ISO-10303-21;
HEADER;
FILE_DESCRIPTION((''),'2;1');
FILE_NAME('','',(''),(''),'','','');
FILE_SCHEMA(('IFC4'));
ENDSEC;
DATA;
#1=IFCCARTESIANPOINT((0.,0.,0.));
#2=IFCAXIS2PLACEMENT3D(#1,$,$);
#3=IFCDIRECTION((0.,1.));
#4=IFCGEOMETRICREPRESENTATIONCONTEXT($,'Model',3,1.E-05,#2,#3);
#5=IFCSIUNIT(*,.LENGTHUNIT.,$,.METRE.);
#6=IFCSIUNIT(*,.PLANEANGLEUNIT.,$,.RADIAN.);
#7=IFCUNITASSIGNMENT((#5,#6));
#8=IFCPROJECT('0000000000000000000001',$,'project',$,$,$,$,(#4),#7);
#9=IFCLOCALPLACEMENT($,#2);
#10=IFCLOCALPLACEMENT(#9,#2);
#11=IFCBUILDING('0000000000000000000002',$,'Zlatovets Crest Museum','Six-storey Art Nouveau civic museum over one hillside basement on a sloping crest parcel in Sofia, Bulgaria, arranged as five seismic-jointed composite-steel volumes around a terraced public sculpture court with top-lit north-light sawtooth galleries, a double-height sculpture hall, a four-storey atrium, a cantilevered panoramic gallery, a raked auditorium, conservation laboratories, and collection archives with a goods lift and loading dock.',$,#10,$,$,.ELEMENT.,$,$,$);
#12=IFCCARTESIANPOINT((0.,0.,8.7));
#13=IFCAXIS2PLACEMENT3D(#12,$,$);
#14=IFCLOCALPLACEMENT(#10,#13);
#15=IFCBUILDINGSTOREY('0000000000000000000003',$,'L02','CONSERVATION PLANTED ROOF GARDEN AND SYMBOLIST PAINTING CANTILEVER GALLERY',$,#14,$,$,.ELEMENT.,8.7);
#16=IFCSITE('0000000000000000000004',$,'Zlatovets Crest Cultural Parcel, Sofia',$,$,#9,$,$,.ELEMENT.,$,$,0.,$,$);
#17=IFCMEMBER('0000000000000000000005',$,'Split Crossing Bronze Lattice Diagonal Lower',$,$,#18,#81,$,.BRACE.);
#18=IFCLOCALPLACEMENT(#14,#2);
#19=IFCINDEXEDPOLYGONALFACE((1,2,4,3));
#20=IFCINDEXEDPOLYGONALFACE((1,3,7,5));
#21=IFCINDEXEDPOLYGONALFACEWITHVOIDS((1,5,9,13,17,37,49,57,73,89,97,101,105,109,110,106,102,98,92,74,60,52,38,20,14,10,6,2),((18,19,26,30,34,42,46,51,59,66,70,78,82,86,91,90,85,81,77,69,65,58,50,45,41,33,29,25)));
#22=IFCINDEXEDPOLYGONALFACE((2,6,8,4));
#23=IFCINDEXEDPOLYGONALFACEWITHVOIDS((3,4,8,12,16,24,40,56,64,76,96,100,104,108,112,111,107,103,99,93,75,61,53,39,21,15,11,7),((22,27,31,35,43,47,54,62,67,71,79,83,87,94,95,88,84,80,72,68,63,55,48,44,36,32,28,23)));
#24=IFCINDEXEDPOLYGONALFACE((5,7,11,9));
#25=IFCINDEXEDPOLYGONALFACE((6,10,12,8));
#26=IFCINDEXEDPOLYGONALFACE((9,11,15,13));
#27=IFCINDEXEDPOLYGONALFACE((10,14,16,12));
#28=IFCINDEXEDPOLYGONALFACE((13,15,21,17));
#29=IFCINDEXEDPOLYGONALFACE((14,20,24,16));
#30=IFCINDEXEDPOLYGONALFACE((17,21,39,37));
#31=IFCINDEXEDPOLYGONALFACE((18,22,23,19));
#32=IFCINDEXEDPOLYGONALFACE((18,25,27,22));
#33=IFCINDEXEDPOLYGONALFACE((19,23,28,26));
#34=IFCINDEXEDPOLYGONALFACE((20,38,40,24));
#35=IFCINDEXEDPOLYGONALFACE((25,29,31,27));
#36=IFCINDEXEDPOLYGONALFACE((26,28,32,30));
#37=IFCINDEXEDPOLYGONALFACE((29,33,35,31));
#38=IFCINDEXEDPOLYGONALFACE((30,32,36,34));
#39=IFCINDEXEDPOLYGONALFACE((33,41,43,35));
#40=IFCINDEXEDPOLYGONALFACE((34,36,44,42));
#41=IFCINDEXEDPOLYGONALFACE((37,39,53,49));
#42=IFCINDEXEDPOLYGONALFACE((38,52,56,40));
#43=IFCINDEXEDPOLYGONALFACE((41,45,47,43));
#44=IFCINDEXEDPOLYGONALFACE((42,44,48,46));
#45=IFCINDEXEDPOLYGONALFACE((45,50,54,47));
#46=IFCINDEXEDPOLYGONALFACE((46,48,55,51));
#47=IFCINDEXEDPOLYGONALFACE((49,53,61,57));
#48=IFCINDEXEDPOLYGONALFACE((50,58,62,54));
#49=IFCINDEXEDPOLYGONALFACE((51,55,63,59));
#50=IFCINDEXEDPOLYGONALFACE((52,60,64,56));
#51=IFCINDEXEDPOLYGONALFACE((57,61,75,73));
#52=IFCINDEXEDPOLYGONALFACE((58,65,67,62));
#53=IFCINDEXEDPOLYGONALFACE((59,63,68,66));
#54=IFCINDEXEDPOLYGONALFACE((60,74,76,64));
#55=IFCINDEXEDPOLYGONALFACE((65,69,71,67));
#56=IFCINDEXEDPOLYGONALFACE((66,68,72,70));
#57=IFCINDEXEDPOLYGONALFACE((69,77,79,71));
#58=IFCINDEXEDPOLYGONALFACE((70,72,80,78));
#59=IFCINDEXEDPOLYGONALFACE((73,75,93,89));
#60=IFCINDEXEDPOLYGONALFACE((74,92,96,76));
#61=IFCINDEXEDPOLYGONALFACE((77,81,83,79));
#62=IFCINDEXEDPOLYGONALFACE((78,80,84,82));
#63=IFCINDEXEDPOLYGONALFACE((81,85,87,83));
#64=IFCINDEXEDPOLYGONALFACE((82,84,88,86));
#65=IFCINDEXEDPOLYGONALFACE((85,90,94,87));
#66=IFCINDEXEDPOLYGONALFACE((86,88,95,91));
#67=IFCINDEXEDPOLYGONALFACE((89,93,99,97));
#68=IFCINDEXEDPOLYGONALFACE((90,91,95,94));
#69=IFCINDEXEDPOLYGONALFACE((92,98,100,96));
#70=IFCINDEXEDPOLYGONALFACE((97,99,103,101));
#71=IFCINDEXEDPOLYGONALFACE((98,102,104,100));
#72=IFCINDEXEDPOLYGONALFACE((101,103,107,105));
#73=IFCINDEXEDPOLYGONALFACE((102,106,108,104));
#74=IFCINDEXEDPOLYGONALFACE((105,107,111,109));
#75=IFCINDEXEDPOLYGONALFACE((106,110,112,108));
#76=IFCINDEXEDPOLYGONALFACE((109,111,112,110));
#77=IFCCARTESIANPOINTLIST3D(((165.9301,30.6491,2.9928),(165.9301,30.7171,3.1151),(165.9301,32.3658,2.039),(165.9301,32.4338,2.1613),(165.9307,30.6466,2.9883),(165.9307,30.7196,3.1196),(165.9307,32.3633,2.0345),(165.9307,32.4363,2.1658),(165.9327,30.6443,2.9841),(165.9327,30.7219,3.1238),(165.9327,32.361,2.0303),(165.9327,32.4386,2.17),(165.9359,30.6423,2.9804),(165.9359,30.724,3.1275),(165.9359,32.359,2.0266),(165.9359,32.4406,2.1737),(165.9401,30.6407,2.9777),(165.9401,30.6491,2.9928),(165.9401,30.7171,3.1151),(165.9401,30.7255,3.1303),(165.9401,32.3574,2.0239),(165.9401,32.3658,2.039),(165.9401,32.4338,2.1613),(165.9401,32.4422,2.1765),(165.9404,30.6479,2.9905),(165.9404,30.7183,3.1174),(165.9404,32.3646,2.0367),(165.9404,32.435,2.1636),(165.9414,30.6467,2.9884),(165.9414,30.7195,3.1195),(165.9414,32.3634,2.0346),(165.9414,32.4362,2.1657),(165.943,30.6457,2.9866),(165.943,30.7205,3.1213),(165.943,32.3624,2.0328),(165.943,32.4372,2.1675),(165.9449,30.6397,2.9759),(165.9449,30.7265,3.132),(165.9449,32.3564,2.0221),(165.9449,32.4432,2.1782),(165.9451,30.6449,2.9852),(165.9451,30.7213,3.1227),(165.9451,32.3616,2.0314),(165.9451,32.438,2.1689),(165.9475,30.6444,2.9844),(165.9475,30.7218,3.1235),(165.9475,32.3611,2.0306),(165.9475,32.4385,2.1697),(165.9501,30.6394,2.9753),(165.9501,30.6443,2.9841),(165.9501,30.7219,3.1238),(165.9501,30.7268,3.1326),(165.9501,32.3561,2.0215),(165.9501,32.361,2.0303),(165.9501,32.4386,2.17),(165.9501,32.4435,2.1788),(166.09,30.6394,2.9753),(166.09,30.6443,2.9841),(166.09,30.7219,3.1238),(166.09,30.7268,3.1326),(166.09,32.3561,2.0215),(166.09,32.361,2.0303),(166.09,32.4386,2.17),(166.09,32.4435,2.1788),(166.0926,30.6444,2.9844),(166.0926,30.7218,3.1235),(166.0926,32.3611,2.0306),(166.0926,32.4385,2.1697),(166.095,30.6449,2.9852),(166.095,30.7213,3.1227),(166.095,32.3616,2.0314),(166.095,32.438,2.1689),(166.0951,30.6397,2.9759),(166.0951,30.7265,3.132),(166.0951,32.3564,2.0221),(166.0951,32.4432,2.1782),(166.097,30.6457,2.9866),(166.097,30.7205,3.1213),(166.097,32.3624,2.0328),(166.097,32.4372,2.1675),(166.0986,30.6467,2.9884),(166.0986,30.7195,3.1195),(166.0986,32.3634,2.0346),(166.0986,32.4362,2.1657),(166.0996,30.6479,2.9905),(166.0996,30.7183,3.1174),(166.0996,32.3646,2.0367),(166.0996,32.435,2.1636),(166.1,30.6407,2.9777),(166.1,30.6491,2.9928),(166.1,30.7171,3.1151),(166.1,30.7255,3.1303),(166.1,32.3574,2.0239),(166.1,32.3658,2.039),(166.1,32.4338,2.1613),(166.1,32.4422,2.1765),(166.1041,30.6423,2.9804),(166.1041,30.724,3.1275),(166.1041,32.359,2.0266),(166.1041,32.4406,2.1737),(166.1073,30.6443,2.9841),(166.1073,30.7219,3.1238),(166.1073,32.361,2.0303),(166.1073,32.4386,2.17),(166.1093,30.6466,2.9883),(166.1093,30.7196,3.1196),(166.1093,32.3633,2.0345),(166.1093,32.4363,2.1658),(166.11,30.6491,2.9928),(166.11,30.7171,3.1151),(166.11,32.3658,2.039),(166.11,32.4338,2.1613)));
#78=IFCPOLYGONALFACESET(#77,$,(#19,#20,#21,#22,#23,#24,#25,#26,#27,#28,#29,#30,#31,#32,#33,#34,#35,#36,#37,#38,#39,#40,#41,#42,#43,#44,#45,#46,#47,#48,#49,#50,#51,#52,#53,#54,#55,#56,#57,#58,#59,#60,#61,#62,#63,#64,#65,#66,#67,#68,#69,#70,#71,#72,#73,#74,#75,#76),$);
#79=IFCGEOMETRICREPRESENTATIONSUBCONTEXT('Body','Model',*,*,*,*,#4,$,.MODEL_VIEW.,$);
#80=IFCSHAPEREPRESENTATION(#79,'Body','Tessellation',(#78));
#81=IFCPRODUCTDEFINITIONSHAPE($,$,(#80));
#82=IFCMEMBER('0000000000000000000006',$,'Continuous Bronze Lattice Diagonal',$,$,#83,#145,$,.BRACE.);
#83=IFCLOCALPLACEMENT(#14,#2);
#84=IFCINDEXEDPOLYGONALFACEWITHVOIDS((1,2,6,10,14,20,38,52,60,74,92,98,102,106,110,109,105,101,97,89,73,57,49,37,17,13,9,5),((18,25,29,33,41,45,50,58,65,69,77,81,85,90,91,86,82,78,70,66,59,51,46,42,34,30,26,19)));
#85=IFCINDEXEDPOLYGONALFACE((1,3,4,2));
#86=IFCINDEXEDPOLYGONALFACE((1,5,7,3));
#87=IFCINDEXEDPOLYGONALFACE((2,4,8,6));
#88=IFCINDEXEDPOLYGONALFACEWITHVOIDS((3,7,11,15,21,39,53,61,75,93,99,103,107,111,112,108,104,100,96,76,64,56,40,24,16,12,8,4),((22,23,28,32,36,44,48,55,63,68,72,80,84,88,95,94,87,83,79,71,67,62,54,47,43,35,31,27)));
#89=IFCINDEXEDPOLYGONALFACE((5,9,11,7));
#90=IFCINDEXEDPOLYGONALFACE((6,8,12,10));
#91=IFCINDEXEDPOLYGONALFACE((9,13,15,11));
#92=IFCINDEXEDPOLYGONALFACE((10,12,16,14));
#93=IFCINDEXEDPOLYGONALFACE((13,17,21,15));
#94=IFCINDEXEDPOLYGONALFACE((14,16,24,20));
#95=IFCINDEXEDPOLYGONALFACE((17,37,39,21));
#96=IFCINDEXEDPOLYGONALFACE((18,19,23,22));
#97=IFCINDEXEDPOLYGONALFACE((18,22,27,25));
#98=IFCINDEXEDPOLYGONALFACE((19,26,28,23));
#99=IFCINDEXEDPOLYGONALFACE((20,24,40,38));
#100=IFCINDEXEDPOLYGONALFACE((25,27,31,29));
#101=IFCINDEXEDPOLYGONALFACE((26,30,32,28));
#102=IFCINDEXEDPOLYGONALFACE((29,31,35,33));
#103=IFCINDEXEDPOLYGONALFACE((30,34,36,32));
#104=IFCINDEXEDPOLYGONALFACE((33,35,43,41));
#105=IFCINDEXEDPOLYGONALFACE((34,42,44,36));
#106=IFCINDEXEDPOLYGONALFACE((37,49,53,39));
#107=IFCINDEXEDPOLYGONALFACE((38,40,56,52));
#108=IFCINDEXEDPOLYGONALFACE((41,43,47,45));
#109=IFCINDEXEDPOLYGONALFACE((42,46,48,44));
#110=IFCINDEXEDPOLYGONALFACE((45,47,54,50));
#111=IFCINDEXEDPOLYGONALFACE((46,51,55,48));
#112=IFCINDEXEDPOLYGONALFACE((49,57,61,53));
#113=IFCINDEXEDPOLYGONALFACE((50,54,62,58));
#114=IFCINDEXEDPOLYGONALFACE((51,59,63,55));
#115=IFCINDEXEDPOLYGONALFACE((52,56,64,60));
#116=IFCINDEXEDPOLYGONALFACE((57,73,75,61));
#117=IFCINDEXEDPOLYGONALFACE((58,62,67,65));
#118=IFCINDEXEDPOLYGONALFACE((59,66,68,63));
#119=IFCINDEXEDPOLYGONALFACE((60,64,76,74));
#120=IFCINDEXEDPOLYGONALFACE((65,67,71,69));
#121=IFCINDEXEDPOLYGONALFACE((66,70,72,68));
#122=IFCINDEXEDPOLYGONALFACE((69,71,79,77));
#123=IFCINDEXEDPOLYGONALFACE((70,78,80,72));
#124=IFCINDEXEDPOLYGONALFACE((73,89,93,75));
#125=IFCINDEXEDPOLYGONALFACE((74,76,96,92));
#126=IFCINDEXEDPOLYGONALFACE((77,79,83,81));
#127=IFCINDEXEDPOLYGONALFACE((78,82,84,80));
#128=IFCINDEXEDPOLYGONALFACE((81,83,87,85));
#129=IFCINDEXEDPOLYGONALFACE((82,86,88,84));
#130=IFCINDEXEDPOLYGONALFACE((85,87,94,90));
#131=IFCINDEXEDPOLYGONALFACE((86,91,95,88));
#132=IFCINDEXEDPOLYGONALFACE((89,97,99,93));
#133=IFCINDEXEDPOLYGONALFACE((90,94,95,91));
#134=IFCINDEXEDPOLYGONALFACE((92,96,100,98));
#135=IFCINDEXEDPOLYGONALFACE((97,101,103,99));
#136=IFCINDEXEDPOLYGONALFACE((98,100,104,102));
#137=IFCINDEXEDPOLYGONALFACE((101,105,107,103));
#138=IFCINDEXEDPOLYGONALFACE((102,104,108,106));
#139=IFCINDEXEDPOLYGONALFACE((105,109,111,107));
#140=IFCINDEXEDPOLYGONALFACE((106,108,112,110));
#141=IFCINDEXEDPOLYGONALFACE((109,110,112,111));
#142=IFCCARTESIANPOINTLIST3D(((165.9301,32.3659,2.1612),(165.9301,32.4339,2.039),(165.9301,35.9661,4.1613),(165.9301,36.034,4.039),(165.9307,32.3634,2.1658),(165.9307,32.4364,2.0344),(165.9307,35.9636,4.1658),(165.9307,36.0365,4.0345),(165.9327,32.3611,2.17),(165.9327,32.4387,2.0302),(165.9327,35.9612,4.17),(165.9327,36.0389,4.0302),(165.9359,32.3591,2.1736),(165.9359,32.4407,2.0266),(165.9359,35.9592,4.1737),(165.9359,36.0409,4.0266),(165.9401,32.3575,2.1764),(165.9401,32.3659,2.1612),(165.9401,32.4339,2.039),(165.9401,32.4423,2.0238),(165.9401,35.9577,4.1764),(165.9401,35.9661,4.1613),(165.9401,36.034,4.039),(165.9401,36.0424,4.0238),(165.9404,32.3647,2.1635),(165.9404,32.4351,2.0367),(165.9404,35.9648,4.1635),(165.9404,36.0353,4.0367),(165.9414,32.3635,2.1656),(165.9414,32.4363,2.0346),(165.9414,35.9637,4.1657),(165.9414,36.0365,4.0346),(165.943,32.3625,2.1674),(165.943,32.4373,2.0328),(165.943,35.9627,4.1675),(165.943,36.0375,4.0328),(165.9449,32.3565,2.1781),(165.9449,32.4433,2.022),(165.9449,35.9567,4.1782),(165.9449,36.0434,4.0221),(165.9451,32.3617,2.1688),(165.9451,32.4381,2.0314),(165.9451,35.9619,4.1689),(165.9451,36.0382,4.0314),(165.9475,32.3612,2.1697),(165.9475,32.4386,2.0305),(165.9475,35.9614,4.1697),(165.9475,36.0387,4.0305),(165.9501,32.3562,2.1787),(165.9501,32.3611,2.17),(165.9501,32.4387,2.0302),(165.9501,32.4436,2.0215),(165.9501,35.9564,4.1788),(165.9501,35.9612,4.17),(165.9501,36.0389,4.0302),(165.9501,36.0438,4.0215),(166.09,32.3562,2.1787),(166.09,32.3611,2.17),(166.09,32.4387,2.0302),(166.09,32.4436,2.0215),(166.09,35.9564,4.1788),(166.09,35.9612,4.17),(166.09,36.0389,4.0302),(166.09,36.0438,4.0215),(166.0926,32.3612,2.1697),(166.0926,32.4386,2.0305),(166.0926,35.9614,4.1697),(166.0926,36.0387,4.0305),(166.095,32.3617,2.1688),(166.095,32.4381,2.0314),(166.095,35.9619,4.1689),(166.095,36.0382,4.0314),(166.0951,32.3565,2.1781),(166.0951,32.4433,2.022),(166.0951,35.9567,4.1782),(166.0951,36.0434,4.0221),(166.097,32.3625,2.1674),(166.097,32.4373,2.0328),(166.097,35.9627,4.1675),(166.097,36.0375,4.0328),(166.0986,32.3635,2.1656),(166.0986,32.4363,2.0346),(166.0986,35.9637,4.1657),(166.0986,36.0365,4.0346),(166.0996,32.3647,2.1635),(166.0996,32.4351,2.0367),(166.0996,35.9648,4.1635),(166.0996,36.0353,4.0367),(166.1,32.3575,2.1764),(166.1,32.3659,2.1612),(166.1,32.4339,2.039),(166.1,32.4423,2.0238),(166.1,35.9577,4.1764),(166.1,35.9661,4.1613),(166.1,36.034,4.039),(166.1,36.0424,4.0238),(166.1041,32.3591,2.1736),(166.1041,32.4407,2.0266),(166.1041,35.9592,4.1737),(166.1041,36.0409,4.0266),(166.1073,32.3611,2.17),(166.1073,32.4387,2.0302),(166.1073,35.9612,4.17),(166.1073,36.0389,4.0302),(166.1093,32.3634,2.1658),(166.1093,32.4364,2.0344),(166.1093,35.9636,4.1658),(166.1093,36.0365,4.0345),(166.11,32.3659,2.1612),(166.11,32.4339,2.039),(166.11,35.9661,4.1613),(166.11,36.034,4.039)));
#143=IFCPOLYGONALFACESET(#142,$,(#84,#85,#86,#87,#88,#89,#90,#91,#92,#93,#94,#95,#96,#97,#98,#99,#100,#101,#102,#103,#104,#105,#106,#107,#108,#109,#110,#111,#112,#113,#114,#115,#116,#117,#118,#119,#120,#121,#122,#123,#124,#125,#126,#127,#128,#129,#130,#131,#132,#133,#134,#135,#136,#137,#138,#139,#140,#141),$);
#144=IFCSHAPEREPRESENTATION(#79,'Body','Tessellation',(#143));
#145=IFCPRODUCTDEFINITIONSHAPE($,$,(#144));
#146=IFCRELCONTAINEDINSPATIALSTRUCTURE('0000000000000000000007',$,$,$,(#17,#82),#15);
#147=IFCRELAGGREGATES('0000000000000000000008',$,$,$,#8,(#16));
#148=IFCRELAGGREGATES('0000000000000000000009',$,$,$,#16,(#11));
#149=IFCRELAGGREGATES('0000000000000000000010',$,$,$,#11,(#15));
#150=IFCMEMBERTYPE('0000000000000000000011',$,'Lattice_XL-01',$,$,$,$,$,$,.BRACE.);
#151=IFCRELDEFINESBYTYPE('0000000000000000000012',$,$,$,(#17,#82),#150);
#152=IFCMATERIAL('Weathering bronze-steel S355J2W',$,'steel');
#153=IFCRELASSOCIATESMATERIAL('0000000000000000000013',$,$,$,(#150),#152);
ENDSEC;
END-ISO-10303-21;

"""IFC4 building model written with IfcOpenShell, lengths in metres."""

from ifc_helpers import new_model, si_unit, direction, frame, origin, origin_2d, place, context, subcontext, project, spatial, hollow_rectangle, extrude, material, material_profile, profile_set, type_object, element, save


model = new_model("IFC4")

# Units and contexts
model_context = context("Model", 3, precision=1e-05, world=origin(), true_north=direction((0.0, 1.0)))
body_context = subcontext(model_context, "Body", "Model", "MODEL_VIEW")
ifc_project = project(units=[si_unit("LENGTHUNIT", "METRE"), si_unit("PLANEANGLEUNIT", "RADIAN")], contexts=[model_context])

# Site, building, storey
site_placement = place(None, origin())
site = spatial("IfcSite", under=ifc_project, at=site_placement, Name="Zlatovets Crest Cultural Parcel, Sofia", CompositionType="ELEMENT", RefElevation=0.0)
building_placement = place(site_placement, origin())
building = spatial("IfcBuilding", under=site, at=building_placement, Name="Zlatovets Crest Museum", Description="Six-storey Art Nouveau civic museum over one hillside basement on a sloping crest parcel in Sofia, Bulgaria, arranged as five seismic-jointed composite-steel volumes around a terraced public sculpture court with top-lit north-light sawtooth galleries, a double-height sculpture hall, a four-storey atrium, a cantilevered panoramic gallery, a raked auditorium, conservation laboratories, and collection archives with a goods lift and loading dock.", CompositionType="ELEMENT")
storey_placement = place(building_placement, frame((0.0, 0.0, 8.7)))
storey = spatial("IfcBuildingStorey", under=building, at=storey_placement, Name="L02", Description="CONSERVATION PLANTED ROOF GARDEN AND SYMBOLIST PAINTING CANTILEVER GALLERY", CompositionType="ELEMENT", Elevation=8.7)

# Members
ifc_material_1 = material(Name="Weathering bronze-steel S355J2W", Category="steel")
ifc_material_profile_1 = material_profile(ifc_material_1, hollow_rectangle(XDim=0.1799, YDim=0.1799, WallThickness=0.01, InnerFilletRadius=0.01, OuterFilletRadius=0.02, at=origin_2d()), Name="SHS 180x180x10.0")
ifc_profile_set_1 = profile_set([ifc_material_profile_1], Name="Weathering bronze-steel S355J2W")
member_type_1 = type_object("IfcMemberType", Name="Lattice_XL-01", PredefinedType="BRACE", material=ifc_profile_set_1)
member_1_placement = place(storey_placement, frame((166.02, 30.6831, 3.054), z_axis=(0.0, 0.87414, -0.485675), x_axis=(-1.0, 0.0, 0.0)))
element("IfcMember", 1, at=member_1_placement, inside=storey, type_object=member_type_1, Name="Split Crossing Bronze Lattice Diagonal Lower", PredefinedType="BRACE", context=body_context, shape_type="SweptSolid", body=[
    extrude(hollow_rectangle(XDim=0.1799, YDim=0.1799, WallThickness=0.01, InnerFilletRadius=0.01, OuterFilletRadius=0.02, at=origin_2d()), origin(), (0.0, 0.0, 1.0), 1.9639),
])
member_2_placement = place(storey_placement, frame((166.02, 32.3999, 2.1001), z_axis=(0.0, 0.874163, 0.485633), x_axis=(-1.0, 0.0, 0.0)))
element("IfcMember", 2, at=member_2_placement, inside=storey, type_object=member_type_1, Name="Continuous Bronze Lattice Diagonal", PredefinedType="BRACE", context=body_context, shape_type="SweptSolid", body=[
    extrude(hollow_rectangle(XDim=0.1799, YDim=0.1799, WallThickness=0.01, InnerFilletRadius=0.01, OuterFilletRadius=0.02, at=origin_2d()), origin(), (0.0, 0.0, 1.0), 4.1184),
])

save(model, "model.ifc")
